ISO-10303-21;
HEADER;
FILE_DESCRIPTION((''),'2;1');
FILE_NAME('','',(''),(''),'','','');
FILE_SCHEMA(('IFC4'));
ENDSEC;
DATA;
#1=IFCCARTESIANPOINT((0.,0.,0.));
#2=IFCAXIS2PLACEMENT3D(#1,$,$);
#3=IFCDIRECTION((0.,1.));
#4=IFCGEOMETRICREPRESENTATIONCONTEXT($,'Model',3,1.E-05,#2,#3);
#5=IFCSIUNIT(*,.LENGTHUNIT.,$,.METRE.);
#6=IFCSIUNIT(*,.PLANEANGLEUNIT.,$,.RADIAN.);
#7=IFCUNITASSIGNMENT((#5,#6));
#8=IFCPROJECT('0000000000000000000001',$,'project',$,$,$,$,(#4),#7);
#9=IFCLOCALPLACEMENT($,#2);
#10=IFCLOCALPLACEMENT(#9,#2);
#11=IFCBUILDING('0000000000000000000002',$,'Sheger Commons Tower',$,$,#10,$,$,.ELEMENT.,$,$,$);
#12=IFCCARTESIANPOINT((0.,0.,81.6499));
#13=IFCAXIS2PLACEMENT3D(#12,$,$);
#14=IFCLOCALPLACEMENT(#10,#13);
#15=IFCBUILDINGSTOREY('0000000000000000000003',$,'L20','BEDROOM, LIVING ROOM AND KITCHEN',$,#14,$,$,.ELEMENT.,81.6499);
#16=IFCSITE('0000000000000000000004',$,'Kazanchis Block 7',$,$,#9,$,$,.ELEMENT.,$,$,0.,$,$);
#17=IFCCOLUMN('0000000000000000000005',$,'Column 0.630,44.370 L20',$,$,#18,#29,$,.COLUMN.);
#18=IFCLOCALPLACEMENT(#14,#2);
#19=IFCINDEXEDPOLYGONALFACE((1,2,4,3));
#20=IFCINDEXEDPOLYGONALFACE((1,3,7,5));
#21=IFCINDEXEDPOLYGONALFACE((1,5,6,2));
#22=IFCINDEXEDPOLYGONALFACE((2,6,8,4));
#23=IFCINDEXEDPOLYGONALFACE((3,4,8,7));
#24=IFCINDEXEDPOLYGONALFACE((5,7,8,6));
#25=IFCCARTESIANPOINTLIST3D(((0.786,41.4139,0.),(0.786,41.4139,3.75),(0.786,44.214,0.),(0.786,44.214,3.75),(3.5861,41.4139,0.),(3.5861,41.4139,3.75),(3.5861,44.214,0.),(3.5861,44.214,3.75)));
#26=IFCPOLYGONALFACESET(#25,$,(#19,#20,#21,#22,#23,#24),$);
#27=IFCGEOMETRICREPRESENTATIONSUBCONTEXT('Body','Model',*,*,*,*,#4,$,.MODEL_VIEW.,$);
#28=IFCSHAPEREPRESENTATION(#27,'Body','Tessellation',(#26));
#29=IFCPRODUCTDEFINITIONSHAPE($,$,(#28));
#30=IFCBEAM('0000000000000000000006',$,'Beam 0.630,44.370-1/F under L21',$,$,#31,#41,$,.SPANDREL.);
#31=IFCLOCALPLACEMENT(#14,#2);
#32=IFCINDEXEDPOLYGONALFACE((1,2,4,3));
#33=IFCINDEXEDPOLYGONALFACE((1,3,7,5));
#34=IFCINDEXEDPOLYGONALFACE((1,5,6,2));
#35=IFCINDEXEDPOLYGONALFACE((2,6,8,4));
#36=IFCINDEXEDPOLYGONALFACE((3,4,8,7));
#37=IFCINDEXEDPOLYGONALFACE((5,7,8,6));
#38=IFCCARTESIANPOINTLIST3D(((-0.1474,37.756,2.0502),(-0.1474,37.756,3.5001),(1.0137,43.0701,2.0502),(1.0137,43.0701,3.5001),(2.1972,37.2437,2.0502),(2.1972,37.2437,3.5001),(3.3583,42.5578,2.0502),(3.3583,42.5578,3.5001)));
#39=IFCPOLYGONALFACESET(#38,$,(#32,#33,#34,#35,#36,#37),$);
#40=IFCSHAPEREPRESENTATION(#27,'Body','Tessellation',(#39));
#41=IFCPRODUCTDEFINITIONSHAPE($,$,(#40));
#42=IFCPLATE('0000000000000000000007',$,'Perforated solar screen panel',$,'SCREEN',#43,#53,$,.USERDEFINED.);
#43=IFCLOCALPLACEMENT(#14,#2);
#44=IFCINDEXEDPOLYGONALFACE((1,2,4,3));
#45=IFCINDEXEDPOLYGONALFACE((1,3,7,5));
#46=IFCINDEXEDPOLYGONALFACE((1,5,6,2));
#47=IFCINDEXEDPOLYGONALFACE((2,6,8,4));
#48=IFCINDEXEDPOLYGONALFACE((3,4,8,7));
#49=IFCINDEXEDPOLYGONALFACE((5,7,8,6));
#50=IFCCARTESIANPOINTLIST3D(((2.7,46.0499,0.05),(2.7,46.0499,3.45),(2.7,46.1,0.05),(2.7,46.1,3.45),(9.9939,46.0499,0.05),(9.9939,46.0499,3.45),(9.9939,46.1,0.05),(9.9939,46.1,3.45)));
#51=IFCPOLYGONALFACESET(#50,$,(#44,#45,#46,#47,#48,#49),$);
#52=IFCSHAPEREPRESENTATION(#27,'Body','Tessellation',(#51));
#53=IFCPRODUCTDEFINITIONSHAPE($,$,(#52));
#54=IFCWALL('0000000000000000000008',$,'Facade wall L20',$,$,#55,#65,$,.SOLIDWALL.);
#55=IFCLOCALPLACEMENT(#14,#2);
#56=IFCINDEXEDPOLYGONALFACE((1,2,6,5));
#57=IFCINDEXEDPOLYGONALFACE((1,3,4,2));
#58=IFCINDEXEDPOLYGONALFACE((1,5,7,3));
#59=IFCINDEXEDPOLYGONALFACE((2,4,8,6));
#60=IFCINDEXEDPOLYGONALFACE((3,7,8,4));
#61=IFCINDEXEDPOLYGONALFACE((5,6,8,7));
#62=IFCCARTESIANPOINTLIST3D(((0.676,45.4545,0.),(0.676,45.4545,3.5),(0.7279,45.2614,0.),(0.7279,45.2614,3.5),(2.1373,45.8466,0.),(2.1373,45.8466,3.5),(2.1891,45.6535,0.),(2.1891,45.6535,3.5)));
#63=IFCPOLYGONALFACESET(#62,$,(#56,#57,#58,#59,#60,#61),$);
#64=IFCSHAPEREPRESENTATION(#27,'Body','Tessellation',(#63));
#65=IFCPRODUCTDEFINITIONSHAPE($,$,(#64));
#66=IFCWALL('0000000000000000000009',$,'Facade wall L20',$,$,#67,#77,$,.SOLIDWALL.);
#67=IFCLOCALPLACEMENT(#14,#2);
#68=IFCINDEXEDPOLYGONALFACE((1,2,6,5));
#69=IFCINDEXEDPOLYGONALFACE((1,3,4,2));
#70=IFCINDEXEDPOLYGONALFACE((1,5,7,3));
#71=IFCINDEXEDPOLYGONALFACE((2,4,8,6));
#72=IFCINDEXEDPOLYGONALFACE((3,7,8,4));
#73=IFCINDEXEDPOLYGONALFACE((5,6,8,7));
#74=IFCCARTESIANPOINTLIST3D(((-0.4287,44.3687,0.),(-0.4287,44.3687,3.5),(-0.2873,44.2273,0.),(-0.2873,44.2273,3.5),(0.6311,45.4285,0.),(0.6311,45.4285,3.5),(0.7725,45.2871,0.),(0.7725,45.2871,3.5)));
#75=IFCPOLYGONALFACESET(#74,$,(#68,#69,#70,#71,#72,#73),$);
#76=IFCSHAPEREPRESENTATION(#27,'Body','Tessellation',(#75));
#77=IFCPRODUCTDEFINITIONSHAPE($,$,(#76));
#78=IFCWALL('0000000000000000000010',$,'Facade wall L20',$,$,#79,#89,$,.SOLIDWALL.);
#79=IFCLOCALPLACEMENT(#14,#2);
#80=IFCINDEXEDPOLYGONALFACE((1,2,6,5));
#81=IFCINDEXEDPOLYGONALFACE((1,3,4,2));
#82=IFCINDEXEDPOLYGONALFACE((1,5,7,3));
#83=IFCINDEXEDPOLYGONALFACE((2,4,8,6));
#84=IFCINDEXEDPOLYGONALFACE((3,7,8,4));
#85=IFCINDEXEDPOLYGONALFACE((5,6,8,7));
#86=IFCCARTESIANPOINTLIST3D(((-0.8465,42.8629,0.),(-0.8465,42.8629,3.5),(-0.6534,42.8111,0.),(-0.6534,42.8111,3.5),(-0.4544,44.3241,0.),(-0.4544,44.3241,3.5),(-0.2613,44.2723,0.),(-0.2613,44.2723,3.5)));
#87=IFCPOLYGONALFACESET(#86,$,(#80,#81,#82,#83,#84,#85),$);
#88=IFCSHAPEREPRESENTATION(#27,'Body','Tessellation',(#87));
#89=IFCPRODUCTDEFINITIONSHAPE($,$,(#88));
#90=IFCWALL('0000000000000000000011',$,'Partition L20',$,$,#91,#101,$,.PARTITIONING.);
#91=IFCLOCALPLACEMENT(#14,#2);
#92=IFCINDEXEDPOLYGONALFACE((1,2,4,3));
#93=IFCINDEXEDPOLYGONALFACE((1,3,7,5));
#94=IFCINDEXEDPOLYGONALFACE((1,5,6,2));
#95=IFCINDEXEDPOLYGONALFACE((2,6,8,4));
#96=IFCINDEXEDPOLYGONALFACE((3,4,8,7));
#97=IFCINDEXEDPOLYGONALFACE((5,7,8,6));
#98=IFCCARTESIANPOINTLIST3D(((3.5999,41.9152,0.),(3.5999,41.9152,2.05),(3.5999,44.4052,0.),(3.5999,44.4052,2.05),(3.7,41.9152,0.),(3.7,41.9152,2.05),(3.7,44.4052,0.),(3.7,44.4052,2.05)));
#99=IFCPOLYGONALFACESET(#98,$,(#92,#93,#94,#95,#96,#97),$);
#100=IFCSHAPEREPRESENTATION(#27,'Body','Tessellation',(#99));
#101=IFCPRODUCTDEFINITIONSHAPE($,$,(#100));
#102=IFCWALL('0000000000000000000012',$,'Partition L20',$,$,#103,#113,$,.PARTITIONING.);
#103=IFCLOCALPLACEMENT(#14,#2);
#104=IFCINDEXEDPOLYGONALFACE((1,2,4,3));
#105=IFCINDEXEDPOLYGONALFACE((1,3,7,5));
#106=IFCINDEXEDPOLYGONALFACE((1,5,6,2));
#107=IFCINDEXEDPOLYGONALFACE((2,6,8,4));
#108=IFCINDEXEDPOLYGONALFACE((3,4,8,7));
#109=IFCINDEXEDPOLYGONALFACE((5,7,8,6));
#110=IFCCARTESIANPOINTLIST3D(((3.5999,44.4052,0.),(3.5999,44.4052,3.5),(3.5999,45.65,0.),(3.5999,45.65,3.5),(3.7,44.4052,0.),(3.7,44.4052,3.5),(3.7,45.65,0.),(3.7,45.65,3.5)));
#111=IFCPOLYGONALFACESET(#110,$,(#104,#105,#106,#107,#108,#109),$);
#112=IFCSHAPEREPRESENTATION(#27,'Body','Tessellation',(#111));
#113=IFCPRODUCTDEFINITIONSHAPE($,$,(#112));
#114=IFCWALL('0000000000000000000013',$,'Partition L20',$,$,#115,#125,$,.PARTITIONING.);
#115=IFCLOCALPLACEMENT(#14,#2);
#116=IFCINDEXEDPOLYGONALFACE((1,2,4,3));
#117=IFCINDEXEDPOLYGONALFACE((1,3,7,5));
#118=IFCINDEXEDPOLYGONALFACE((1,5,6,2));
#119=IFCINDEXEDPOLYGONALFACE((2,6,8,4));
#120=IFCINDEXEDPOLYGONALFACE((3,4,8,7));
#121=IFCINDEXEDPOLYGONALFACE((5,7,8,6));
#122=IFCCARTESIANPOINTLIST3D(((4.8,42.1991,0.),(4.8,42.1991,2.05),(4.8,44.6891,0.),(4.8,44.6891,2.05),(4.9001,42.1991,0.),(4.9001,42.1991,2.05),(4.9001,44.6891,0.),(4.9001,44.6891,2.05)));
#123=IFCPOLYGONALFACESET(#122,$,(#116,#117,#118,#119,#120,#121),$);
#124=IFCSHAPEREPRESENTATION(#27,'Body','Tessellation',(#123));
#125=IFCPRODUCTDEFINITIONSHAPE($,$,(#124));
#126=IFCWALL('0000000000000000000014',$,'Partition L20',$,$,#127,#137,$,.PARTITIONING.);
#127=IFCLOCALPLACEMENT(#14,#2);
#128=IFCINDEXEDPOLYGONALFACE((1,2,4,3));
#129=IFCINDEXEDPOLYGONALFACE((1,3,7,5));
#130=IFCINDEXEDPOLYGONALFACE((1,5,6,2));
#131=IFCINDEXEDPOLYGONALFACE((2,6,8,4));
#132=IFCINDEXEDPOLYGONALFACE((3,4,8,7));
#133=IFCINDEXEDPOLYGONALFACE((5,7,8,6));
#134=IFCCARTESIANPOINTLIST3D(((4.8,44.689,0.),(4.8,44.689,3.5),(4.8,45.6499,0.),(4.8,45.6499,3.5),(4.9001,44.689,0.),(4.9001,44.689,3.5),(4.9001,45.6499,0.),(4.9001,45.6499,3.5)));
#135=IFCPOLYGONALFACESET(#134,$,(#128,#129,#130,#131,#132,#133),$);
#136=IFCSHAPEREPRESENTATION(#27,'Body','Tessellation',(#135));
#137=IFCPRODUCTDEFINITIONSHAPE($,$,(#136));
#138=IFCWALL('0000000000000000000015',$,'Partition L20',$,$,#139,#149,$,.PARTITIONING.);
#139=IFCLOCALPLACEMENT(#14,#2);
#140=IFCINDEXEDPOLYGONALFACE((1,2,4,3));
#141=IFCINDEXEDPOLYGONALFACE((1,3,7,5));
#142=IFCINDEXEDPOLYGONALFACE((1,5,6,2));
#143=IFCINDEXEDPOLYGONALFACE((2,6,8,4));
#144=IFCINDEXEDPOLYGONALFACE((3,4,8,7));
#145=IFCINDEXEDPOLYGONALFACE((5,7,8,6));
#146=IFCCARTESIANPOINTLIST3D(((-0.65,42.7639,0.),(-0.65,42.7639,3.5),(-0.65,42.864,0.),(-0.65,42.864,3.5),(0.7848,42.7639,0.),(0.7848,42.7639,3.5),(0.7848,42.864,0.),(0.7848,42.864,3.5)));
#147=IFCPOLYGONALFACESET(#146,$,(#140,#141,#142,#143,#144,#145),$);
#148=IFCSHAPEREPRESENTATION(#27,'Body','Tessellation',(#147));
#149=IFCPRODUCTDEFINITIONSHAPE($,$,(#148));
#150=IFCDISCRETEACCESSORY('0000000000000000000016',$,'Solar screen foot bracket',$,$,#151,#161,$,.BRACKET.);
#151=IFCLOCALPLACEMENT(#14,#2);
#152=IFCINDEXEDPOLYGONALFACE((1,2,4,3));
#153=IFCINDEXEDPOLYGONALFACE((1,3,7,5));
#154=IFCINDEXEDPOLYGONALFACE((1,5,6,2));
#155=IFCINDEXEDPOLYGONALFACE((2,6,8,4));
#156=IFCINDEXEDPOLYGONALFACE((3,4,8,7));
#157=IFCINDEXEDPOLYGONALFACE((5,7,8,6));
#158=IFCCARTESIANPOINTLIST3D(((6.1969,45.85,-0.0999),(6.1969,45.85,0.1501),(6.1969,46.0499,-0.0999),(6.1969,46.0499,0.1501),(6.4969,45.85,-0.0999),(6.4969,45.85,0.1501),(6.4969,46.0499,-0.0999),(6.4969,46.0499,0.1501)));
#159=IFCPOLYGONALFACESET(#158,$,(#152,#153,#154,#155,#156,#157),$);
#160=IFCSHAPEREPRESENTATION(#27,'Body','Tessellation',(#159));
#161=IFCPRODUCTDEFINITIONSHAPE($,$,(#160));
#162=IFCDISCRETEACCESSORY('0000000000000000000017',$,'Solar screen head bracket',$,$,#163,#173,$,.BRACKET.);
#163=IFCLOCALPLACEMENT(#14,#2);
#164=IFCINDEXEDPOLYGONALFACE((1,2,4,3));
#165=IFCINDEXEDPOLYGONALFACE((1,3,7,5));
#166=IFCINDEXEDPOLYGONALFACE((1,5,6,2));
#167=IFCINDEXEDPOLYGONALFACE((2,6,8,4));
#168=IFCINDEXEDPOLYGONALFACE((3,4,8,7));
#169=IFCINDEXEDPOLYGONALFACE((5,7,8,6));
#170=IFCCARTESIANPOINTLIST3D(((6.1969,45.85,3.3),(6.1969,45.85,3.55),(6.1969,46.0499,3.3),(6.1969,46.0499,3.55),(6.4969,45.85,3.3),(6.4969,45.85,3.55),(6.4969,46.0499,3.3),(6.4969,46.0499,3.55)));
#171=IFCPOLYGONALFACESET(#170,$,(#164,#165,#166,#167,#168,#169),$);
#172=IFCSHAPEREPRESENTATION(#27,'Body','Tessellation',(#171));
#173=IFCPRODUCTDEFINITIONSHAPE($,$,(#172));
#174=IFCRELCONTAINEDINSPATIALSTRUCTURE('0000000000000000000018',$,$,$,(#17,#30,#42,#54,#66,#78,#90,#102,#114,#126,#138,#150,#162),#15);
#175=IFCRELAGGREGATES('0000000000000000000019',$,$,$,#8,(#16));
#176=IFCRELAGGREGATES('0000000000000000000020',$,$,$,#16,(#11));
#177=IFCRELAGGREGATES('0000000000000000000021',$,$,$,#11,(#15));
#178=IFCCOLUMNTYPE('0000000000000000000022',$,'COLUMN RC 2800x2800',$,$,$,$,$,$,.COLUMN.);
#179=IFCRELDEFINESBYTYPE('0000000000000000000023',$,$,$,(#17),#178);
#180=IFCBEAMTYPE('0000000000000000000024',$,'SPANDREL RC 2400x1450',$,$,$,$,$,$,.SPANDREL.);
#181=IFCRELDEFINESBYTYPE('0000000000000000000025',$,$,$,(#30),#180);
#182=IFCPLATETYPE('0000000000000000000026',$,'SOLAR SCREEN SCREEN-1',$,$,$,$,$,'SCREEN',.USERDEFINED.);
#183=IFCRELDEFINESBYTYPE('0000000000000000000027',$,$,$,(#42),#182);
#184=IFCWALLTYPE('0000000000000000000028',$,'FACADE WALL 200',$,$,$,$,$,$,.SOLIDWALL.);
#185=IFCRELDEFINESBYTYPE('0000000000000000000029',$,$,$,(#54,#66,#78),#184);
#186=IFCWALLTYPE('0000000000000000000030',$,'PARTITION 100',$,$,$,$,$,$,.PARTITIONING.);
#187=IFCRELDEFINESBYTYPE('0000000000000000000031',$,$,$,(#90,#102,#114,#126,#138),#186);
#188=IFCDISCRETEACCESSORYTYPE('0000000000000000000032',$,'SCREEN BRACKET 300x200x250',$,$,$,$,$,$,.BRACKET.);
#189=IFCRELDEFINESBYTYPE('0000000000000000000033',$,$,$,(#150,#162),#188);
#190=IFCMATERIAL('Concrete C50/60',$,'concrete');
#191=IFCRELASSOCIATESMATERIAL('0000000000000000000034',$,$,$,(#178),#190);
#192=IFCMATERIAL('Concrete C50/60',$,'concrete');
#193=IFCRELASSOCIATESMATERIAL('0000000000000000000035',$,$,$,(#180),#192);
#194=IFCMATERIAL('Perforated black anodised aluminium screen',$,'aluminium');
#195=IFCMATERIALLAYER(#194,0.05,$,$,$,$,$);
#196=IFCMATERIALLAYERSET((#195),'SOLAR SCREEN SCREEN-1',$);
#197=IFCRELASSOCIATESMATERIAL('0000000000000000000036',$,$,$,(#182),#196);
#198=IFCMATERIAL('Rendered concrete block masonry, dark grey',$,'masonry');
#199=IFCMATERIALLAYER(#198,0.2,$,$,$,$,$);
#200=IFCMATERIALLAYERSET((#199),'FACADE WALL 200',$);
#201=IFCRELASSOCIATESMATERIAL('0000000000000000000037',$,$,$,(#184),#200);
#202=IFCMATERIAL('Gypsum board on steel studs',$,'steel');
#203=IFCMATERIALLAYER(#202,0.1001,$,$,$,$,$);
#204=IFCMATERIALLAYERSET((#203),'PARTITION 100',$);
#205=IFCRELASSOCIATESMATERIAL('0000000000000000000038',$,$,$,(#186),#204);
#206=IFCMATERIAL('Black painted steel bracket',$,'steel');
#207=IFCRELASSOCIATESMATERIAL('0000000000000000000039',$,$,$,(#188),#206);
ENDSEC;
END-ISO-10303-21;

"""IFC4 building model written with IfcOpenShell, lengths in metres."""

from ifc_helpers import new_model, si_unit, direction, frame, frame_2d, origin, origin_2d, place, context, subcontext, project, spatial, rectangle, extrude, material, layer, layer_set, material_profile, profile_set, type_object, element, save


model = new_model("IFC4")

# Units and contexts
model_context = context("Model", 3, precision=1e-05, world=origin(), true_north=direction((0.0, 1.0)))
body_context = subcontext(model_context, "Body", "Model", "MODEL_VIEW")
ifc_project = project(units=[si_unit("LENGTHUNIT", "METRE"), si_unit("PLANEANGLEUNIT", "RADIAN")], contexts=[model_context])

# Site, building, storey
site_placement = place(None, origin())
site = spatial("IfcSite", under=ifc_project, at=site_placement, Name="Kazanchis Block 7", CompositionType="ELEMENT", RefElevation=0.0)
building_placement = place(site_placement, origin())
building = spatial("IfcBuilding", under=site, at=building_placement, Name="Sheger Commons Tower", CompositionType="ELEMENT")
storey_placement = place(building_placement, frame((0.0, 0.0, 81.6499)))
storey = spatial("IfcBuildingStorey", under=building, at=storey_placement, Name="L20", Description="BEDROOM, LIVING ROOM AND KITCHEN", CompositionType="ELEMENT", Elevation=81.6499)

# Column
ifc_material_1 = material(Name="Concrete C50/60", Category="concrete")
ifc_material_profile_1 = material_profile(ifc_material_1, rectangle(XDim=2.8, YDim=2.8, at=origin_2d()), Name="RC 2800x2800")
ifc_profile_set_1 = profile_set([ifc_material_profile_1], Name="Concrete C50/60")
column_type = type_object("IfcColumnType", Name="COLUMN RC 2800x2800", PredefinedType="COLUMN", material=ifc_profile_set_1)
column_placement = place(storey_placement, frame((2.186, 42.814, 0.0), z_axis=(0.0, 0.0, 1.0), x_axis=(1.0, 0.0, 0.0)))
element("IfcColumn", 1, at=column_placement, inside=storey, type_object=column_type, Name="Column 0.630,44.370 L20", PredefinedType="COLUMN", context=body_context, shape_type="SweptSolid", body=[
    extrude(rectangle(XDim=2.8, YDim=2.8, at=origin_2d()), origin(), (0.0, 0.0, 1.0), 3.75),
])

# Beam
ifc_material_2 = material(Name="Concrete C50/60", Category="concrete")
ifc_material_profile_2 = material_profile(ifc_material_2, rectangle(XDim=2.3999, YDim=1.45, at=origin_2d()), Name="RC 2400x1450")
ifc_profile_set_2 = profile_set([ifc_material_profile_2], Name="Concrete C50/60")
beam_type = type_object("IfcBeamType", Name="SPANDREL RC 2400x1450", PredefinedType="SPANDREL", material=ifc_profile_set_2)
beam_placement = place(storey_placement, frame((2.186, 42.814, 2.7751), z_axis=(-0.213469, -0.97695, 0.0), x_axis=(0.97695, -0.213469, 0.0)))
element("IfcBeam", 2, at=beam_placement, inside=storey, type_object=beam_type, Name="Beam 0.630,44.370-1/F under L21", PredefinedType="SPANDREL", context=body_context, shape_type="SweptSolid", body=[
    extrude(rectangle(XDim=2.3999, YDim=1.45, at=origin_2d()), origin(), (0.0, 0.0, 1.0), 5.4395),
])

# Plate
ifc_material_3 = material(Name="Perforated black anodised aluminium screen", Category="aluminium")
ifc_layer_1 = layer(ifc_material_3, 0.05)
ifc_layer_set_1 = layer_set([ifc_layer_1], Name="SOLAR SCREEN SCREEN-1")
plate_type = type_object("IfcPlateType", Name="SOLAR SCREEN SCREEN-1", ElementType="SCREEN", PredefinedType="USERDEFINED", material=ifc_layer_set_1)
plate_placement = place(storey_placement, frame((6.3469, 46.075, 0.05), z_axis=(0.0, 0.0, 1.0), x_axis=(-1.0, 0.0, 0.0)))
element("IfcPlate", 3, at=plate_placement, inside=storey, type_object=plate_type, Name="Perforated solar screen panel", ObjectType="SCREEN", PredefinedType="USERDEFINED", context=body_context, shape_type="SweptSolid", body=[
    extrude(rectangle(XDim=7.2939, YDim=0.05, at=origin_2d()), origin(), (0.0, 0.0, 1.0), 3.3999),
])

# Walls
ifc_material_4 = material(Name="Rendered concrete block masonry, dark grey", Category="masonry")
ifc_layer_2 = layer(ifc_material_4, 0.2)
ifc_layer_set_2 = layer_set([ifc_layer_2], Name="FACADE WALL 200")
wall_type_1 = type_object("IfcWallType", Name="FACADE WALL 200", PredefinedType="SOLIDWALL", material=ifc_layer_set_2)
wall_1_placement = place(storey_placement, frame((2.1631, 45.75, 0.0), z_axis=(0.0, 0.0, 1.0), x_axis=(-0.965832, -0.259169, 0.0)))
element("IfcWall", 4, at=wall_1_placement, inside=storey, type_object=wall_type_1, Name="Facade wall L20", PredefinedType="SOLIDWALL", context=body_context, shape_type="SweptSolid", body=[
    extrude(rectangle(XDim=1.5129, YDim=0.2, at=frame_2d((0.7563, 0.0))), origin(), (0.0, 0.0, 1.0), 3.5),
])
wall_2_placement = place(storey_placement, frame((0.7019, 45.3579, 0.0), z_axis=(0.0, 0.0, 1.0), x_axis=(-0.707107, -0.707107, 0.0)))
element("IfcWall", 5, at=wall_2_placement, inside=storey, type_object=wall_type_1, Name="Facade wall L20", PredefinedType="SOLIDWALL", context=body_context, shape_type="SweptSolid", body=[
    extrude(rectangle(XDim=1.4988, YDim=0.2, at=frame_2d((0.7495, 0.0))), origin(), (0.0, 0.0, 1.0), 3.5),
])
wall_3_placement = place(storey_placement, frame((-0.3579, 44.2981, 0.0), z_axis=(0.0, 0.0, 1.0), x_axis=(-0.259169, -0.965832, 0.0)))
element("IfcWall", 6, at=wall_3_placement, inside=storey, type_object=wall_type_1, Name="Facade wall L20", PredefinedType="SOLIDWALL", context=body_context, shape_type="SweptSolid", body=[
    extrude(rectangle(XDim=1.5129, YDim=0.2, at=frame_2d((0.7563, 0.0))), origin(), (0.0, 0.0, 1.0), 3.5),
])

# Walls
ifc_material_5 = material(Name="Gypsum board on steel studs", Category="steel")
ifc_layer_3 = layer(ifc_material_5, 0.1001)
ifc_layer_set_3 = layer_set([ifc_layer_3], Name="PARTITION 100")
wall_type_2 = type_object("IfcWallType", Name="PARTITION 100", PredefinedType="PARTITIONING", material=ifc_layer_set_3)
wall_4_placement = place(storey_placement, frame((3.6499, 41.915, 0.0), z_axis=(0.0, 0.0, 1.0), x_axis=(0.0, 1.0, 0.0)))
element("IfcWall", 7, at=wall_4_placement, inside=storey, type_object=wall_type_2, Name="Partition L20", PredefinedType="PARTITIONING", context=body_context, shape_type="SweptSolid", body=[
    extrude(rectangle(XDim=2.49, YDim=0.1001, at=frame_2d((1.2451, 0.0))), origin(), (0.0, 0.0, 1.0), 2.05),
])
wall_5_placement = place(storey_placement, frame((3.6499, 44.405, 0.0), z_axis=(0.0, 0.0, 1.0), x_axis=(0.0, 1.0, 0.0)))
element("IfcWall", 8, at=wall_5_placement, inside=storey, type_object=wall_type_2, Name="Partition L20", PredefinedType="PARTITIONING", context=body_context, shape_type="SweptSolid", body=[
    extrude(rectangle(XDim=1.2449, YDim=0.1001, at=frame_2d((0.6226, 0.0))), origin(), (0.0, 0.0, 1.0), 3.5),
])
wall_6_placement = place(storey_placement, frame((4.8501, 42.199, 0.0), z_axis=(0.0, 0.0, 1.0), x_axis=(0.0, 1.0, 0.0)))
element("IfcWall", 9, at=wall_6_placement, inside=storey, type_object=wall_type_2, Name="Partition L20", PredefinedType="PARTITIONING", context=body_context, shape_type="SweptSolid", body=[
    extrude(rectangle(XDim=2.49, YDim=0.1001, at=frame_2d((1.2451, 0.0))), origin(), (0.0, 0.0, 1.0), 2.05),
])
wall_7_placement = place(storey_placement, frame((4.8501, 44.689, 0.0), z_axis=(0.0, 0.0, 1.0), x_axis=(0.0, 1.0, 0.0)))
element("IfcWall", 10, at=wall_7_placement, inside=storey, type_object=wall_type_2, Name="Partition L20", PredefinedType="PARTITIONING", context=body_context, shape_type="SweptSolid", body=[
    extrude(rectangle(XDim=0.9609, YDim=0.1001, at=frame_2d((0.4805, 0.0))), origin(), (0.0, 0.0, 1.0), 3.5),
])
wall_8_placement = place(storey_placement, frame((-0.6499, 42.814, 0.0), z_axis=(0.0, 0.0, 1.0), x_axis=(1.0, 0.0, 0.0)))
element("IfcWall", 11, at=wall_8_placement, inside=storey, type_object=wall_type_2, Name="Partition L20", PredefinedType="PARTITIONING", context=body_context, shape_type="SweptSolid", body=[
    extrude(rectangle(XDim=1.4348, YDim=0.1001, at=frame_2d((0.7173, 0.0))), origin(), (0.0, 0.0, 1.0), 3.5),
])

# Discrete accessories
ifc_material_6 = material(Name="Black painted steel bracket", Category="steel")
discrete_accessory_type = type_object("IfcDiscreteAccessoryType", Name="SCREEN BRACKET 300x200x250", PredefinedType="BRACKET", material=ifc_material_6)
for number, where, z_axis, x_axis, name in (
    (12, (6.3469, 45.95, -0.0999), (0.0, 0.0, 1.0), (-1.0, 0.0, 0.0), "Solar screen foot bracket"),
    (13, (6.3469, 45.95, 3.3), (0.0, 0.0, 1.0), (-1.0, 0.0, 0.0), "Solar screen head bracket"),
):
    element("IfcDiscreteAccessory", number, at=place(storey_placement, frame(where, z_axis=z_axis, x_axis=x_axis)), inside=storey, type_object=discrete_accessory_type, Name=name, PredefinedType="BRACKET", context=body_context, shape_type="SweptSolid", body=[
        extrude(rectangle(XDim=0.3, YDim=0.2, at=origin_2d()), origin(), (0.0, 0.0, 1.0), 0.25),
    ])

save(model, "model.ifc")
